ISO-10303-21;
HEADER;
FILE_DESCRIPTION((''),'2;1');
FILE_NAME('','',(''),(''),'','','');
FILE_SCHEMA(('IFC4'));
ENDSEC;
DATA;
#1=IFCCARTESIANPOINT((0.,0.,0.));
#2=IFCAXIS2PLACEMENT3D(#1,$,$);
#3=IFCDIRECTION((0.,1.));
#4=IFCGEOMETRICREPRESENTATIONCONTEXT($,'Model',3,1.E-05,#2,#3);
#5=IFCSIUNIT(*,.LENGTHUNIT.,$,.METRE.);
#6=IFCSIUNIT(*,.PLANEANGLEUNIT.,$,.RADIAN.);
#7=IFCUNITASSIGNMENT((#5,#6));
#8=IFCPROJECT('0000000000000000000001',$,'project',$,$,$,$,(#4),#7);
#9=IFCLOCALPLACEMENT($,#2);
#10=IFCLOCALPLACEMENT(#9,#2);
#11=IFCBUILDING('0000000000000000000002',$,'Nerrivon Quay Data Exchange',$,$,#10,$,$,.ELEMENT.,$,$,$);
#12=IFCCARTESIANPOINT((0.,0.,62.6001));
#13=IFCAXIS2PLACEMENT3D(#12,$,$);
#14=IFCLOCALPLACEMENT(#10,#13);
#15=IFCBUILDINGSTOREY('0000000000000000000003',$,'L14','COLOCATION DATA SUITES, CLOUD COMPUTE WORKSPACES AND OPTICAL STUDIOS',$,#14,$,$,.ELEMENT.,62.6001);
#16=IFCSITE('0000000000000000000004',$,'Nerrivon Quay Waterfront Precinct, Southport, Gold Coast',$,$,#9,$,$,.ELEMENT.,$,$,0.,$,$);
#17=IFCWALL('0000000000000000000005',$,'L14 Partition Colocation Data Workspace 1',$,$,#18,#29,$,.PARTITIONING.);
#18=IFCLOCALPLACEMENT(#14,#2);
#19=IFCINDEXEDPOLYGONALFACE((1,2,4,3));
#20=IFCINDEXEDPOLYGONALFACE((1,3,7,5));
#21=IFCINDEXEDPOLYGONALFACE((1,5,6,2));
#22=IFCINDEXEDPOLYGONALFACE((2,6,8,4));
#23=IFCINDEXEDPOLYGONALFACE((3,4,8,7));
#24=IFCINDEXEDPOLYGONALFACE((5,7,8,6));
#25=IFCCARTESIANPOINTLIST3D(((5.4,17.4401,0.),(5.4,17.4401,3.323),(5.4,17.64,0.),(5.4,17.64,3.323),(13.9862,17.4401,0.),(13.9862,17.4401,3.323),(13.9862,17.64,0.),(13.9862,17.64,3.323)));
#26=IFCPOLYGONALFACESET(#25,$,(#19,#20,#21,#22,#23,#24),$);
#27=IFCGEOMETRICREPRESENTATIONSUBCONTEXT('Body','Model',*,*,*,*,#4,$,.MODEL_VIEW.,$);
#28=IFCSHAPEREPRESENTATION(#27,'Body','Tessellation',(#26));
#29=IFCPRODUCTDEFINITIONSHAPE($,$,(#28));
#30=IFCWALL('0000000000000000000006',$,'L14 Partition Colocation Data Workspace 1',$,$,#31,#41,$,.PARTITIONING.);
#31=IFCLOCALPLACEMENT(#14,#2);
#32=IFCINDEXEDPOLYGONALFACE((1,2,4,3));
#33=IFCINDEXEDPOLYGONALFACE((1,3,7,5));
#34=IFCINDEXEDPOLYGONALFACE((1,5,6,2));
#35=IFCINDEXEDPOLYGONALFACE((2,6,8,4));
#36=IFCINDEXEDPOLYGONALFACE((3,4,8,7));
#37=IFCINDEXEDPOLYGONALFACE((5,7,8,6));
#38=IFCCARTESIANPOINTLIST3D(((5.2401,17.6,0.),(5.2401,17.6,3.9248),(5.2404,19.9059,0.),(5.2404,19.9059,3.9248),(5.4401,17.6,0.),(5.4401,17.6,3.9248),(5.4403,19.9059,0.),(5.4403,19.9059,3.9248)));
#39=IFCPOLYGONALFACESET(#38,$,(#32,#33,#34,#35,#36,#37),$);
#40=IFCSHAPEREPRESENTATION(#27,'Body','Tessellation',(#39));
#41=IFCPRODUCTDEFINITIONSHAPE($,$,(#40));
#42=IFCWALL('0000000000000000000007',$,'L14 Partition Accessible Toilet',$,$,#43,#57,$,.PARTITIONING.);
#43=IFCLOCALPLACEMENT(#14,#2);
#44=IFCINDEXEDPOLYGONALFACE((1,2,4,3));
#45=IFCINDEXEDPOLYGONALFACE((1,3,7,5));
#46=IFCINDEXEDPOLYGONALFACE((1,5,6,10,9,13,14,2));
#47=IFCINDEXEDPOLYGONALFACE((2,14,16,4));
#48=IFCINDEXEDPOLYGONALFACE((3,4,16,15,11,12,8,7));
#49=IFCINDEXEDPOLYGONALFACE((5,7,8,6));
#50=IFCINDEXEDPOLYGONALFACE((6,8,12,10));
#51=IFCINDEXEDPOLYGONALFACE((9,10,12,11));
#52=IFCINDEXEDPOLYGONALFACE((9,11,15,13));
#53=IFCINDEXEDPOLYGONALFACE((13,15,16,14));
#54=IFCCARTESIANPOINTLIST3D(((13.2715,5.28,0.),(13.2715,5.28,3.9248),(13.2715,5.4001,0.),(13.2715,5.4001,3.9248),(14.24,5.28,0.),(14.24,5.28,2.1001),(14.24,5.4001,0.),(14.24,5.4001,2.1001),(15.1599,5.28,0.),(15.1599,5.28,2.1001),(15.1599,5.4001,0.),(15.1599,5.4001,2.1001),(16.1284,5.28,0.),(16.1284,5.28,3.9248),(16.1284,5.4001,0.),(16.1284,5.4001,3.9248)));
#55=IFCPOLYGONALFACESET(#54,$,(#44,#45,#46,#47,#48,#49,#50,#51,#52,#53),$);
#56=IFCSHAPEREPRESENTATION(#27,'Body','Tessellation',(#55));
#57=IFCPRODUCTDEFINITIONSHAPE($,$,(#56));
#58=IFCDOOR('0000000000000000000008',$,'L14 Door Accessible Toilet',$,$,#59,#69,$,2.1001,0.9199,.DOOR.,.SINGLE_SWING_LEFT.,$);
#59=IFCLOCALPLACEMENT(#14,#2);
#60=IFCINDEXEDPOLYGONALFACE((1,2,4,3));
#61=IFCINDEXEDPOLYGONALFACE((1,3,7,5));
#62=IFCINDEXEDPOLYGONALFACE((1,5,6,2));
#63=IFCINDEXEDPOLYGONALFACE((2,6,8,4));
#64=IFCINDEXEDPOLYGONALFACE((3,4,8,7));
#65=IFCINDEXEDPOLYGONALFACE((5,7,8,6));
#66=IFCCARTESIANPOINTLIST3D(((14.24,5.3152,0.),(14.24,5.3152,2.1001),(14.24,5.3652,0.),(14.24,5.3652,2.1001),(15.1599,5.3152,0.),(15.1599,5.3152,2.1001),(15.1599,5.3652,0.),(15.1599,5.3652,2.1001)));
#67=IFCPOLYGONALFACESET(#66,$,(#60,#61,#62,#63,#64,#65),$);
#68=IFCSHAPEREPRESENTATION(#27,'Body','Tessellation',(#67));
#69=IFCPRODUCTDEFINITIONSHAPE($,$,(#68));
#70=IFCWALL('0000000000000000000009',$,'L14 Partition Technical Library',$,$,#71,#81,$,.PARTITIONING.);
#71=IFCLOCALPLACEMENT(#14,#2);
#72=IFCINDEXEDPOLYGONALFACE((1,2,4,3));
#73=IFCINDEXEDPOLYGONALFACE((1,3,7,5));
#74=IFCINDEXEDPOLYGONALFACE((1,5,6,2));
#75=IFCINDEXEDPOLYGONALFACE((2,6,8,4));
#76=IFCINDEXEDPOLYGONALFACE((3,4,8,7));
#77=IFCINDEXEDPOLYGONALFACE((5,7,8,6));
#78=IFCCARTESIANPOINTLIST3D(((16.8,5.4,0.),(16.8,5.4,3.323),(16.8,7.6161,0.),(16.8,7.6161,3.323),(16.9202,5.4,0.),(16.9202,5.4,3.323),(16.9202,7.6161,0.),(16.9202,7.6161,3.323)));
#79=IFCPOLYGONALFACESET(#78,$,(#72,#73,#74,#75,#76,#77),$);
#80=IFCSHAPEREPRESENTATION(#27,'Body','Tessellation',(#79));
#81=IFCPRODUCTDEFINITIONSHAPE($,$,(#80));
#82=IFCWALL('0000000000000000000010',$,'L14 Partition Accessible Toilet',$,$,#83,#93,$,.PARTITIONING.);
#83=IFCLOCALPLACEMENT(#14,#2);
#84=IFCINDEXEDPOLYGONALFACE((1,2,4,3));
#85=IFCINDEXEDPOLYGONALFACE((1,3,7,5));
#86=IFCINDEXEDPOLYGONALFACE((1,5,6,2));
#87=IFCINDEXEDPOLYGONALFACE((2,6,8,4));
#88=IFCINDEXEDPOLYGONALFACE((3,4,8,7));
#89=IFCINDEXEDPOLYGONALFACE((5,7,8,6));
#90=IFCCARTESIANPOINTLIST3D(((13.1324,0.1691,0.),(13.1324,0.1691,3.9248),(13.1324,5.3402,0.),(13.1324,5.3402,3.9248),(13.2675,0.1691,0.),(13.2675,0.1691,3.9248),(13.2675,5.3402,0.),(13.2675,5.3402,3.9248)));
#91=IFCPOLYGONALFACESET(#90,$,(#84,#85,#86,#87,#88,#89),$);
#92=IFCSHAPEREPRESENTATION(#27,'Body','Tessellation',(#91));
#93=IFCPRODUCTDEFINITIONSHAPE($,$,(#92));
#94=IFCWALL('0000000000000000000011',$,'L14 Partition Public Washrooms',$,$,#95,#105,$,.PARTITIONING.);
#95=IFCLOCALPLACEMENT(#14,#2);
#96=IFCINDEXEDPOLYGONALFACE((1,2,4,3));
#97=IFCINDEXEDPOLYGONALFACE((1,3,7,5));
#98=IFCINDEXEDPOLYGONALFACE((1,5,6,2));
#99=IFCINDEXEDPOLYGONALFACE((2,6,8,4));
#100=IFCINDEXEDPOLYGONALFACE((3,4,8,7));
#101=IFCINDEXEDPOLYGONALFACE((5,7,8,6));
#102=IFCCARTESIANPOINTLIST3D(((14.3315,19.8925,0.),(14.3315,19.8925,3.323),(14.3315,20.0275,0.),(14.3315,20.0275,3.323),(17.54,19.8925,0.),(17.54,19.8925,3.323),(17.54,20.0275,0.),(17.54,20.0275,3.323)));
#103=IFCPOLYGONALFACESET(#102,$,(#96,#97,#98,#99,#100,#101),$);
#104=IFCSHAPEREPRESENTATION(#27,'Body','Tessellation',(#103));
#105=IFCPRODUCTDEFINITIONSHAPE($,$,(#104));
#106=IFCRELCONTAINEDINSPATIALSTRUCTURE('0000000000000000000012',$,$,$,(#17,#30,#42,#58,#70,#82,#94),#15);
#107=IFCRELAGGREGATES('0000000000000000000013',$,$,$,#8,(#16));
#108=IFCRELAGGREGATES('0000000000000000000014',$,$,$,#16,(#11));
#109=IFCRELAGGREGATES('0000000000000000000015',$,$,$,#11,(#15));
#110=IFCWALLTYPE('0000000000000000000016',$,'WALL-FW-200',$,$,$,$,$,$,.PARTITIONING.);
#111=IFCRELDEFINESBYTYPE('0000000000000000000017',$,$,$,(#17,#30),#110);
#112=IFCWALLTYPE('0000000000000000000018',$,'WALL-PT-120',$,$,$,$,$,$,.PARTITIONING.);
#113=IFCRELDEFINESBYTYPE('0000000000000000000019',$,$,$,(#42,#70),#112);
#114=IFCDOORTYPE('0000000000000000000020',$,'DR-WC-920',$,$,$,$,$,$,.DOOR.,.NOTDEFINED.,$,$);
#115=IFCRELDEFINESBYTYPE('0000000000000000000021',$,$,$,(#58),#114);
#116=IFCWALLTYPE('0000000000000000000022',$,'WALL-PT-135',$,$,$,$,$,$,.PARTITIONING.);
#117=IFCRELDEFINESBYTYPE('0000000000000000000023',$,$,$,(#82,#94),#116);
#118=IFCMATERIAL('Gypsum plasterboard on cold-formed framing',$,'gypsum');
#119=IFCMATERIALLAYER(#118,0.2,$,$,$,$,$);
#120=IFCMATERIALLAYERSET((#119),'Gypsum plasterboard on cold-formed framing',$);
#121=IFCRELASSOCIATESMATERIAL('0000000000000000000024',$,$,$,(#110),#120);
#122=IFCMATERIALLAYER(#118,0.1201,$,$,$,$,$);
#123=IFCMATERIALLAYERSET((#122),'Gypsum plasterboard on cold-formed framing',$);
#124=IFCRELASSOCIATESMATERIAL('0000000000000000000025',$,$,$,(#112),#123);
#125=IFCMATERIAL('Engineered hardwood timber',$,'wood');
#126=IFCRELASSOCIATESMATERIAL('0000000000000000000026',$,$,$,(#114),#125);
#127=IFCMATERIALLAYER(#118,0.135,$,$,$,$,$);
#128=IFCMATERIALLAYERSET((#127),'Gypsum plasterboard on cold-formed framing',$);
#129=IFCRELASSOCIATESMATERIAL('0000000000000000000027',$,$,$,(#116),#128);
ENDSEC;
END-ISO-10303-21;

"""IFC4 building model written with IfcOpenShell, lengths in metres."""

from ifc_helpers import new_model, si_unit, direction, frame, frame_2d, origin, place, context, subcontext, project, spatial, rectangle, extrude, material, layer, layer_set, type_object, element, fill, save


model = new_model("IFC4")

# Units and contexts
model_context = context("Model", 3, precision=1e-05, world=origin(), true_north=direction((0.0, 1.0)))
body_context = subcontext(model_context, "Body", "Model", "MODEL_VIEW")
ifc_project = project(units=[si_unit("LENGTHUNIT", "METRE"), si_unit("PLANEANGLEUNIT", "RADIAN")], contexts=[model_context])

# Site, building, storey
site_placement = place(None, origin())
site = spatial("IfcSite", under=ifc_project, at=site_placement, Name="Nerrivon Quay Waterfront Precinct, Southport, Gold Coast", CompositionType="ELEMENT", RefElevation=0.0)
building_placement = place(site_placement, origin())
building = spatial("IfcBuilding", under=site, at=building_placement, Name="Nerrivon Quay Data Exchange", CompositionType="ELEMENT")
storey_placement = place(building_placement, frame((0.0, 0.0, 62.6001)))
storey = spatial("IfcBuildingStorey", under=building, at=storey_placement, Name="L14", Description="COLOCATION DATA SUITES, CLOUD COMPUTE WORKSPACES AND OPTICAL STUDIOS", CompositionType="ELEMENT", Elevation=62.6001)

# Shared definitions
ifc_material_1 = material(Name="Gypsum plasterboard on cold-formed framing", Category="gypsum")
ifc_layer_1 = layer(ifc_material_1, 0.2)
ifc_layer_set_1 = layer_set([ifc_layer_1], Name="Gypsum plasterboard on cold-formed framing")
wall_type_1 = type_object("IfcWallType", Name="WALL-FW-200", PredefinedType="PARTITIONING", material=ifc_layer_set_1)

# Shared definitions
ifc_material_2 = material(Name="Engineered hardwood timber", Category="wood")

# Walls
wall_1_placement = place(storey_placement, frame((13.9861, 17.54, 0.0), z_axis=(0.0, 0.0, 1.0), x_axis=(-1.0, 0.0, 0.0)))
element("IfcWall", 1, at=wall_1_placement, inside=storey, type_object=wall_type_1, Name="L14 Partition Colocation Data Workspace 1", PredefinedType="PARTITIONING", context=body_context, shape_type="SweptSolid", body=[
    extrude(rectangle(XDim=8.5862, YDim=0.2, at=frame_2d((4.293, 0.0))), origin(), (0.0, 0.0, 1.0), 3.323),
])
wall_2_placement = place(storey_placement, frame((5.3401, 17.6001, 0.0), z_axis=(0.0, 0.0, 1.0), x_axis=(0.000106, 1.0, 0.0)))
element("IfcWall", 2, at=wall_2_placement, inside=storey, type_object=wall_type_1, Name="L14 Partition Colocation Data Workspace 1", PredefinedType="PARTITIONING", context=body_context, shape_type="SweptSolid", body=[
    extrude(rectangle(XDim=2.3059, YDim=0.2, at=frame_2d((1.1528, 0.0))), origin(), (0.0, 0.0, 1.0), 3.9248),
])

# Wall, opening, door
ifc_layer_2 = layer(ifc_material_1, 0.1201)
ifc_layer_set_2 = layer_set([ifc_layer_2], Name="Gypsum plasterboard on cold-formed framing")
wall_type_2 = type_object("IfcWallType", Name="WALL-PT-120", PredefinedType="PARTITIONING", material=ifc_layer_set_2)
wall_3_placement = place(storey_placement, frame((16.1284, 5.3401, 0.0), z_axis=(0.0, 0.0, 1.0), x_axis=(-1.0, 0.0, 0.0)))
wall_3 = element("IfcWall", 3, at=wall_3_placement, inside=storey, type_object=wall_type_2, Name="L14 Partition Accessible Toilet", PredefinedType="PARTITIONING", context=body_context, shape_type="SweptSolid", body=[
    extrude(rectangle(XDim=2.8569, YDim=0.1201, at=frame_2d((1.4285, 0.0))), origin(), (0.0, 0.0, 1.0), 3.9248),
])
opening_1_placement = place(wall_3_placement, frame((0.9685, 0.0, 0.0)))
opening_1 = element("IfcOpeningElement", 4, at=opening_1_placement, cuts=wall_3, PredefinedType="OPENING", context=body_context, shape_type="SweptSolid", body=[
    extrude(rectangle(XDim=0.9199, YDim=2.1001, at=frame_2d((0.46, 1.05))), frame((0.0, 0.0701, 0.0), z_axis=(0.0, -1.0, 0.0), x_axis=(1.0, 0.0, 0.0)), (0.0, 0.0, 1.0), 0.1401),
])
door_type_1 = type_object("IfcDoorType", Name="DR-WC-920", OperationType="NOTDEFINED", PredefinedType="DOOR", material=ifc_material_2)
door_1_placement = place(opening_1_placement, origin())
door_1 = element("IfcDoor", 5, at=door_1_placement, inside=storey, type_object=door_type_1, Name="L14 Door Accessible Toilet", OperationType="SINGLE_SWING_LEFT", OverallHeight=2.1001, OverallWidth=0.9199, PredefinedType="DOOR", context=body_context, shape_type="SweptSolid", body=[
    extrude(rectangle(XDim=0.9199, YDim=2.1001, at=frame_2d((0.46, 1.05))), frame((0.0, 0.0249, 0.0), z_axis=(0.0, -1.0, 0.0), x_axis=(1.0, 0.0, 0.0)), (0.0, 0.0, 1.0), 0.05),
])
fill(opening_1, door_1)

# Walls
wall_4_placement = place(storey_placement, frame((16.8601, 7.616, 0.0), z_axis=(0.0, 0.0, 1.0), x_axis=(0.0, -1.0, 0.0)))
element("IfcWall", 6, at=wall_4_placement, inside=storey, type_object=wall_type_2, Name="L14 Partition Technical Library", PredefinedType="PARTITIONING", context=body_context, shape_type="SweptSolid", body=[
    extrude(rectangle(XDim=2.2161, YDim=0.1201, at=frame_2d((1.1079, 0.0))), origin(), (0.0, 0.0, 1.0), 3.323),
])
ifc_layer_3 = layer(ifc_material_1, 0.135)
ifc_layer_set_3 = layer_set([ifc_layer_3], Name="Gypsum plasterboard on cold-formed framing")
wall_type_3 = type_object("IfcWallType", Name="WALL-PT-135", PredefinedType="PARTITIONING", material=ifc_layer_set_3)
wall_5_placement = place(storey_placement, frame((13.2, 5.3401, 0.0), z_axis=(0.0, 0.0, 1.0), x_axis=(0.0, -1.0, 0.0)))
element("IfcWall", 7, at=wall_5_placement, inside=storey, type_object=wall_type_3, Name="L14 Partition Accessible Toilet", PredefinedType="PARTITIONING", context=body_context, shape_type="SweptSolid", body=[
    extrude(rectangle(XDim=5.1711, YDim=0.135, at=frame_2d((2.5854, 0.0))), origin(), (0.0, 0.0, 1.0), 3.9248),
])
wall_6_placement = place(storey_placement, frame((14.3315, 19.96, 0.0), z_axis=(0.0, 0.0, 1.0), x_axis=(1.0, 0.0, 0.0)))
element("IfcWall", 8, at=wall_6_placement, inside=storey, type_object=wall_type_3, Name="L14 Partition Public Washrooms", PredefinedType="PARTITIONING", context=body_context, shape_type="SweptSolid", body=[
    extrude(rectangle(XDim=3.2085, YDim=0.135, at=frame_2d((1.6042, 0.0))), origin(), (0.0, 0.0, 1.0), 3.323),
])

save(model, "model.ifc")
